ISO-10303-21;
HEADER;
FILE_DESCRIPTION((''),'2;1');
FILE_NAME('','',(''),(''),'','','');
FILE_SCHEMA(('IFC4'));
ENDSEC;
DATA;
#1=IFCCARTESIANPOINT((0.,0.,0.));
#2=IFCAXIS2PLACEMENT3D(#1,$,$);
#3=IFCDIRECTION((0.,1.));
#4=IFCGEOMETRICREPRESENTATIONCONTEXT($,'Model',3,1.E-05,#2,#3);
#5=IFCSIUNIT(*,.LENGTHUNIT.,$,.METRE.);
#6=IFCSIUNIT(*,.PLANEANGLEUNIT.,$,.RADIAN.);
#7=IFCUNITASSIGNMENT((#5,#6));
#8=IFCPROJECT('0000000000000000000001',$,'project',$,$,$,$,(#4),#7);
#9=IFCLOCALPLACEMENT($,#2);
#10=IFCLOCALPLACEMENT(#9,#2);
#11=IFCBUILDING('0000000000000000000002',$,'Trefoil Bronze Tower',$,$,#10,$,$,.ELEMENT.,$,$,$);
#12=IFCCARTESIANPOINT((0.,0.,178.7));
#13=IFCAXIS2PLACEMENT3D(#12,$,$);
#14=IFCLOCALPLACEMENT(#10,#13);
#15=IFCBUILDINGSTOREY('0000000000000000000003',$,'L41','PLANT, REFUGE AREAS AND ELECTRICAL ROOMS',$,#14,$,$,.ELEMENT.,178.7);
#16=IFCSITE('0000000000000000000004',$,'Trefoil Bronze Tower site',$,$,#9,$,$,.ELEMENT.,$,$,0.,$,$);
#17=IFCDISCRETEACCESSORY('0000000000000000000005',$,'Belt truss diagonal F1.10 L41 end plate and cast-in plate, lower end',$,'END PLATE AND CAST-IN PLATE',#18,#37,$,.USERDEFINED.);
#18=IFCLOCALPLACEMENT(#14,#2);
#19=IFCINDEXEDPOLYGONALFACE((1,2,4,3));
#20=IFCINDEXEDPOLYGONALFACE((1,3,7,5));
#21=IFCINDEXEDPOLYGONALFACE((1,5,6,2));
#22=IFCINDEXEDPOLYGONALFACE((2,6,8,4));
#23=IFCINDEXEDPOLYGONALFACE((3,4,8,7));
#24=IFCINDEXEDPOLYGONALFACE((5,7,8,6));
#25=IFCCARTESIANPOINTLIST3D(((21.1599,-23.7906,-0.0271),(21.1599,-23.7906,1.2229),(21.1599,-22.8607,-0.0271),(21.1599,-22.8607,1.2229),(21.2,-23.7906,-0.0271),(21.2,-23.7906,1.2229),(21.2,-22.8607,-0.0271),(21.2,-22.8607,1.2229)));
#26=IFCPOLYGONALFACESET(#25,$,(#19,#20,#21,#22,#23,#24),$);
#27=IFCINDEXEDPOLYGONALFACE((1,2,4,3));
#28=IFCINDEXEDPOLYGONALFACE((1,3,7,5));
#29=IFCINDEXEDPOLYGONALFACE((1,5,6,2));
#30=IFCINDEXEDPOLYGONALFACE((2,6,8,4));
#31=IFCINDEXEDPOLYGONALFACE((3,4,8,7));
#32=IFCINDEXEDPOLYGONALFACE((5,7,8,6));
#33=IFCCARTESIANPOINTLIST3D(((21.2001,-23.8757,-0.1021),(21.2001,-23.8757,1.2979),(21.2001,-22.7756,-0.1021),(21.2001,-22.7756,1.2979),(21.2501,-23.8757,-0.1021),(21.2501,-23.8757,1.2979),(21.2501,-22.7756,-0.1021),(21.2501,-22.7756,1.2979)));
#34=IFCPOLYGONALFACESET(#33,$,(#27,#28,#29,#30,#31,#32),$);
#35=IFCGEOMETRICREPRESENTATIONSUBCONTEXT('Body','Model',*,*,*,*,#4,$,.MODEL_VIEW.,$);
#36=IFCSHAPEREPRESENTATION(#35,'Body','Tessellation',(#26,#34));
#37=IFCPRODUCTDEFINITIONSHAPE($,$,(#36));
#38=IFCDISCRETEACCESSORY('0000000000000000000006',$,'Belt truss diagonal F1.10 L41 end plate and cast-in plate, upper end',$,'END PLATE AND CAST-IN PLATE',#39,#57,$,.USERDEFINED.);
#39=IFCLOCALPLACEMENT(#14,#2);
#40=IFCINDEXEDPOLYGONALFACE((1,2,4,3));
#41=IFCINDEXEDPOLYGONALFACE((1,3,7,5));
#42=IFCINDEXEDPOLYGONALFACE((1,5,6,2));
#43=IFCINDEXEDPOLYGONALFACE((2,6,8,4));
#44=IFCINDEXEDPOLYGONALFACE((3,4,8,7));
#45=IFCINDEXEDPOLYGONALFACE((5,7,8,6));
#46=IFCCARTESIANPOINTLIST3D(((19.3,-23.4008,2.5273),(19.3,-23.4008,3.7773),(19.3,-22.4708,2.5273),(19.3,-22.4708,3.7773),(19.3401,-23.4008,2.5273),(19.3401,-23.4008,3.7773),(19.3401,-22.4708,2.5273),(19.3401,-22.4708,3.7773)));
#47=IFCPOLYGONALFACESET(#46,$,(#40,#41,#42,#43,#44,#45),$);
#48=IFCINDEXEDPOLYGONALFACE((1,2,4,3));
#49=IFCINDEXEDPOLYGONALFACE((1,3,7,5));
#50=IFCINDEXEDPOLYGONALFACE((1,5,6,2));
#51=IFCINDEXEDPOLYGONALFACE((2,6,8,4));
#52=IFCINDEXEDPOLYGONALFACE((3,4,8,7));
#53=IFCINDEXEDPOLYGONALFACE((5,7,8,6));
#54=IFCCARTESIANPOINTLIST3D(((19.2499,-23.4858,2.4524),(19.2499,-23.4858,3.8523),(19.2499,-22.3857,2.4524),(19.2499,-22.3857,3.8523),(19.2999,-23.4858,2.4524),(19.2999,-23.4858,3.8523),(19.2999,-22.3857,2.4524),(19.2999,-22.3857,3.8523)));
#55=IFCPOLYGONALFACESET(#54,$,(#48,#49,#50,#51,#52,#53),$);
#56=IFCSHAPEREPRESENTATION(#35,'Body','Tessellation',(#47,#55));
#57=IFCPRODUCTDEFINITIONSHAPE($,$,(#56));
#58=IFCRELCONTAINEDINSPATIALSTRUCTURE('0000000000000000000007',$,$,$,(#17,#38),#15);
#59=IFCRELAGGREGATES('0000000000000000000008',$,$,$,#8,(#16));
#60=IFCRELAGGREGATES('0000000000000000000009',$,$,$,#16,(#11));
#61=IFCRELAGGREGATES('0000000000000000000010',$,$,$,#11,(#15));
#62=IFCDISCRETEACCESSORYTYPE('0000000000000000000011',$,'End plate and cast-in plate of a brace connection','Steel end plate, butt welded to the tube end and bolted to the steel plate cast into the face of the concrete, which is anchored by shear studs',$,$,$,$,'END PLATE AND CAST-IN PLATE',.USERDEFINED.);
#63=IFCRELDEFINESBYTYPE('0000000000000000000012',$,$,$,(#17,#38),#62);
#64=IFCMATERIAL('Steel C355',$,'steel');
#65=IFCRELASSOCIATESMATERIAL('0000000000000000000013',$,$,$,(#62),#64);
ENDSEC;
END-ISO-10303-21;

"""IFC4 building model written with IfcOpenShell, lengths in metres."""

from ifc_helpers import new_model, si_unit, direction, frame, origin, origin_2d, place, context, subcontext, project, spatial, rectangle, extrude, material, type_object, element, save


model = new_model("IFC4")

# Units and contexts
model_context = context("Model", 3, precision=1e-05, world=origin(), true_north=direction((0.0, 1.0)))
body_context = subcontext(model_context, "Body", "Model", "MODEL_VIEW")
ifc_project = project(units=[si_unit("LENGTHUNIT", "METRE"), si_unit("PLANEANGLEUNIT", "RADIAN")], contexts=[model_context])

# Site, building, storey
site_placement = place(None, origin())
site = spatial("IfcSite", under=ifc_project, at=site_placement, Name="Trefoil Bronze Tower site", CompositionType="ELEMENT", RefElevation=0.0)
building_placement = place(site_placement, origin())
building = spatial("IfcBuilding", under=site, at=building_placement, Name="Trefoil Bronze Tower", CompositionType="ELEMENT")
storey_placement = place(building_placement, frame((0.0, 0.0, 178.7)))
storey = spatial("IfcBuildingStorey", under=building, at=storey_placement, Name="L41", Description="PLANT, REFUGE AREAS AND ELECTRICAL ROOMS", CompositionType="ELEMENT", Elevation=178.7)

# Discrete accessories
ifc_material_1 = material(Name="Steel C355", Category="steel")
discrete_accessory_type = type_object("IfcDiscreteAccessoryType", Name="End plate and cast-in plate of a brace connection", Description="Steel end plate, butt welded to the tube end and bolted to the steel plate cast into the face of the concrete, which is anchored by shear studs", ElementType="END PLATE AND CAST-IN PLATE", PredefinedType="USERDEFINED", material=ifc_material_1)
for number, where, z_axis, x_axis, name in (
    (1, (21.2, -23.3257, 0.5979), (0.0, 0.0, 1.0), (-1.0, 0.0, 0.0), "Belt truss diagonal F1.10 L41 end plate and cast-in plate, lower end"),
    (2, (19.3, -22.9358, 3.1523), (0.0, 0.0, 1.0), (1.0, 0.0, 0.0), "Belt truss diagonal F1.10 L41 end plate and cast-in plate, upper end"),
):
    element("IfcDiscreteAccessory", number, at=place(storey_placement, frame(where, z_axis=z_axis, x_axis=x_axis)), inside=storey, type_object=discrete_accessory_type, Name=name, ObjectType="END PLATE AND CAST-IN PLATE", PredefinedType="USERDEFINED", context=body_context, shape_type="SweptSolid", body=[
        extrude(rectangle(XDim=0.04, YDim=0.9299, at=origin_2d()), frame((0.02, 0.0, -0.625)), (0.0, 0.0, 1.0), 1.25),
        extrude(rectangle(XDim=0.05, YDim=1.1001, at=origin_2d()), frame((-0.0251, 0.0, -0.7)), (0.0, 0.0, 1.0), 1.3999),
    ])

save(model, "model.ifc")
